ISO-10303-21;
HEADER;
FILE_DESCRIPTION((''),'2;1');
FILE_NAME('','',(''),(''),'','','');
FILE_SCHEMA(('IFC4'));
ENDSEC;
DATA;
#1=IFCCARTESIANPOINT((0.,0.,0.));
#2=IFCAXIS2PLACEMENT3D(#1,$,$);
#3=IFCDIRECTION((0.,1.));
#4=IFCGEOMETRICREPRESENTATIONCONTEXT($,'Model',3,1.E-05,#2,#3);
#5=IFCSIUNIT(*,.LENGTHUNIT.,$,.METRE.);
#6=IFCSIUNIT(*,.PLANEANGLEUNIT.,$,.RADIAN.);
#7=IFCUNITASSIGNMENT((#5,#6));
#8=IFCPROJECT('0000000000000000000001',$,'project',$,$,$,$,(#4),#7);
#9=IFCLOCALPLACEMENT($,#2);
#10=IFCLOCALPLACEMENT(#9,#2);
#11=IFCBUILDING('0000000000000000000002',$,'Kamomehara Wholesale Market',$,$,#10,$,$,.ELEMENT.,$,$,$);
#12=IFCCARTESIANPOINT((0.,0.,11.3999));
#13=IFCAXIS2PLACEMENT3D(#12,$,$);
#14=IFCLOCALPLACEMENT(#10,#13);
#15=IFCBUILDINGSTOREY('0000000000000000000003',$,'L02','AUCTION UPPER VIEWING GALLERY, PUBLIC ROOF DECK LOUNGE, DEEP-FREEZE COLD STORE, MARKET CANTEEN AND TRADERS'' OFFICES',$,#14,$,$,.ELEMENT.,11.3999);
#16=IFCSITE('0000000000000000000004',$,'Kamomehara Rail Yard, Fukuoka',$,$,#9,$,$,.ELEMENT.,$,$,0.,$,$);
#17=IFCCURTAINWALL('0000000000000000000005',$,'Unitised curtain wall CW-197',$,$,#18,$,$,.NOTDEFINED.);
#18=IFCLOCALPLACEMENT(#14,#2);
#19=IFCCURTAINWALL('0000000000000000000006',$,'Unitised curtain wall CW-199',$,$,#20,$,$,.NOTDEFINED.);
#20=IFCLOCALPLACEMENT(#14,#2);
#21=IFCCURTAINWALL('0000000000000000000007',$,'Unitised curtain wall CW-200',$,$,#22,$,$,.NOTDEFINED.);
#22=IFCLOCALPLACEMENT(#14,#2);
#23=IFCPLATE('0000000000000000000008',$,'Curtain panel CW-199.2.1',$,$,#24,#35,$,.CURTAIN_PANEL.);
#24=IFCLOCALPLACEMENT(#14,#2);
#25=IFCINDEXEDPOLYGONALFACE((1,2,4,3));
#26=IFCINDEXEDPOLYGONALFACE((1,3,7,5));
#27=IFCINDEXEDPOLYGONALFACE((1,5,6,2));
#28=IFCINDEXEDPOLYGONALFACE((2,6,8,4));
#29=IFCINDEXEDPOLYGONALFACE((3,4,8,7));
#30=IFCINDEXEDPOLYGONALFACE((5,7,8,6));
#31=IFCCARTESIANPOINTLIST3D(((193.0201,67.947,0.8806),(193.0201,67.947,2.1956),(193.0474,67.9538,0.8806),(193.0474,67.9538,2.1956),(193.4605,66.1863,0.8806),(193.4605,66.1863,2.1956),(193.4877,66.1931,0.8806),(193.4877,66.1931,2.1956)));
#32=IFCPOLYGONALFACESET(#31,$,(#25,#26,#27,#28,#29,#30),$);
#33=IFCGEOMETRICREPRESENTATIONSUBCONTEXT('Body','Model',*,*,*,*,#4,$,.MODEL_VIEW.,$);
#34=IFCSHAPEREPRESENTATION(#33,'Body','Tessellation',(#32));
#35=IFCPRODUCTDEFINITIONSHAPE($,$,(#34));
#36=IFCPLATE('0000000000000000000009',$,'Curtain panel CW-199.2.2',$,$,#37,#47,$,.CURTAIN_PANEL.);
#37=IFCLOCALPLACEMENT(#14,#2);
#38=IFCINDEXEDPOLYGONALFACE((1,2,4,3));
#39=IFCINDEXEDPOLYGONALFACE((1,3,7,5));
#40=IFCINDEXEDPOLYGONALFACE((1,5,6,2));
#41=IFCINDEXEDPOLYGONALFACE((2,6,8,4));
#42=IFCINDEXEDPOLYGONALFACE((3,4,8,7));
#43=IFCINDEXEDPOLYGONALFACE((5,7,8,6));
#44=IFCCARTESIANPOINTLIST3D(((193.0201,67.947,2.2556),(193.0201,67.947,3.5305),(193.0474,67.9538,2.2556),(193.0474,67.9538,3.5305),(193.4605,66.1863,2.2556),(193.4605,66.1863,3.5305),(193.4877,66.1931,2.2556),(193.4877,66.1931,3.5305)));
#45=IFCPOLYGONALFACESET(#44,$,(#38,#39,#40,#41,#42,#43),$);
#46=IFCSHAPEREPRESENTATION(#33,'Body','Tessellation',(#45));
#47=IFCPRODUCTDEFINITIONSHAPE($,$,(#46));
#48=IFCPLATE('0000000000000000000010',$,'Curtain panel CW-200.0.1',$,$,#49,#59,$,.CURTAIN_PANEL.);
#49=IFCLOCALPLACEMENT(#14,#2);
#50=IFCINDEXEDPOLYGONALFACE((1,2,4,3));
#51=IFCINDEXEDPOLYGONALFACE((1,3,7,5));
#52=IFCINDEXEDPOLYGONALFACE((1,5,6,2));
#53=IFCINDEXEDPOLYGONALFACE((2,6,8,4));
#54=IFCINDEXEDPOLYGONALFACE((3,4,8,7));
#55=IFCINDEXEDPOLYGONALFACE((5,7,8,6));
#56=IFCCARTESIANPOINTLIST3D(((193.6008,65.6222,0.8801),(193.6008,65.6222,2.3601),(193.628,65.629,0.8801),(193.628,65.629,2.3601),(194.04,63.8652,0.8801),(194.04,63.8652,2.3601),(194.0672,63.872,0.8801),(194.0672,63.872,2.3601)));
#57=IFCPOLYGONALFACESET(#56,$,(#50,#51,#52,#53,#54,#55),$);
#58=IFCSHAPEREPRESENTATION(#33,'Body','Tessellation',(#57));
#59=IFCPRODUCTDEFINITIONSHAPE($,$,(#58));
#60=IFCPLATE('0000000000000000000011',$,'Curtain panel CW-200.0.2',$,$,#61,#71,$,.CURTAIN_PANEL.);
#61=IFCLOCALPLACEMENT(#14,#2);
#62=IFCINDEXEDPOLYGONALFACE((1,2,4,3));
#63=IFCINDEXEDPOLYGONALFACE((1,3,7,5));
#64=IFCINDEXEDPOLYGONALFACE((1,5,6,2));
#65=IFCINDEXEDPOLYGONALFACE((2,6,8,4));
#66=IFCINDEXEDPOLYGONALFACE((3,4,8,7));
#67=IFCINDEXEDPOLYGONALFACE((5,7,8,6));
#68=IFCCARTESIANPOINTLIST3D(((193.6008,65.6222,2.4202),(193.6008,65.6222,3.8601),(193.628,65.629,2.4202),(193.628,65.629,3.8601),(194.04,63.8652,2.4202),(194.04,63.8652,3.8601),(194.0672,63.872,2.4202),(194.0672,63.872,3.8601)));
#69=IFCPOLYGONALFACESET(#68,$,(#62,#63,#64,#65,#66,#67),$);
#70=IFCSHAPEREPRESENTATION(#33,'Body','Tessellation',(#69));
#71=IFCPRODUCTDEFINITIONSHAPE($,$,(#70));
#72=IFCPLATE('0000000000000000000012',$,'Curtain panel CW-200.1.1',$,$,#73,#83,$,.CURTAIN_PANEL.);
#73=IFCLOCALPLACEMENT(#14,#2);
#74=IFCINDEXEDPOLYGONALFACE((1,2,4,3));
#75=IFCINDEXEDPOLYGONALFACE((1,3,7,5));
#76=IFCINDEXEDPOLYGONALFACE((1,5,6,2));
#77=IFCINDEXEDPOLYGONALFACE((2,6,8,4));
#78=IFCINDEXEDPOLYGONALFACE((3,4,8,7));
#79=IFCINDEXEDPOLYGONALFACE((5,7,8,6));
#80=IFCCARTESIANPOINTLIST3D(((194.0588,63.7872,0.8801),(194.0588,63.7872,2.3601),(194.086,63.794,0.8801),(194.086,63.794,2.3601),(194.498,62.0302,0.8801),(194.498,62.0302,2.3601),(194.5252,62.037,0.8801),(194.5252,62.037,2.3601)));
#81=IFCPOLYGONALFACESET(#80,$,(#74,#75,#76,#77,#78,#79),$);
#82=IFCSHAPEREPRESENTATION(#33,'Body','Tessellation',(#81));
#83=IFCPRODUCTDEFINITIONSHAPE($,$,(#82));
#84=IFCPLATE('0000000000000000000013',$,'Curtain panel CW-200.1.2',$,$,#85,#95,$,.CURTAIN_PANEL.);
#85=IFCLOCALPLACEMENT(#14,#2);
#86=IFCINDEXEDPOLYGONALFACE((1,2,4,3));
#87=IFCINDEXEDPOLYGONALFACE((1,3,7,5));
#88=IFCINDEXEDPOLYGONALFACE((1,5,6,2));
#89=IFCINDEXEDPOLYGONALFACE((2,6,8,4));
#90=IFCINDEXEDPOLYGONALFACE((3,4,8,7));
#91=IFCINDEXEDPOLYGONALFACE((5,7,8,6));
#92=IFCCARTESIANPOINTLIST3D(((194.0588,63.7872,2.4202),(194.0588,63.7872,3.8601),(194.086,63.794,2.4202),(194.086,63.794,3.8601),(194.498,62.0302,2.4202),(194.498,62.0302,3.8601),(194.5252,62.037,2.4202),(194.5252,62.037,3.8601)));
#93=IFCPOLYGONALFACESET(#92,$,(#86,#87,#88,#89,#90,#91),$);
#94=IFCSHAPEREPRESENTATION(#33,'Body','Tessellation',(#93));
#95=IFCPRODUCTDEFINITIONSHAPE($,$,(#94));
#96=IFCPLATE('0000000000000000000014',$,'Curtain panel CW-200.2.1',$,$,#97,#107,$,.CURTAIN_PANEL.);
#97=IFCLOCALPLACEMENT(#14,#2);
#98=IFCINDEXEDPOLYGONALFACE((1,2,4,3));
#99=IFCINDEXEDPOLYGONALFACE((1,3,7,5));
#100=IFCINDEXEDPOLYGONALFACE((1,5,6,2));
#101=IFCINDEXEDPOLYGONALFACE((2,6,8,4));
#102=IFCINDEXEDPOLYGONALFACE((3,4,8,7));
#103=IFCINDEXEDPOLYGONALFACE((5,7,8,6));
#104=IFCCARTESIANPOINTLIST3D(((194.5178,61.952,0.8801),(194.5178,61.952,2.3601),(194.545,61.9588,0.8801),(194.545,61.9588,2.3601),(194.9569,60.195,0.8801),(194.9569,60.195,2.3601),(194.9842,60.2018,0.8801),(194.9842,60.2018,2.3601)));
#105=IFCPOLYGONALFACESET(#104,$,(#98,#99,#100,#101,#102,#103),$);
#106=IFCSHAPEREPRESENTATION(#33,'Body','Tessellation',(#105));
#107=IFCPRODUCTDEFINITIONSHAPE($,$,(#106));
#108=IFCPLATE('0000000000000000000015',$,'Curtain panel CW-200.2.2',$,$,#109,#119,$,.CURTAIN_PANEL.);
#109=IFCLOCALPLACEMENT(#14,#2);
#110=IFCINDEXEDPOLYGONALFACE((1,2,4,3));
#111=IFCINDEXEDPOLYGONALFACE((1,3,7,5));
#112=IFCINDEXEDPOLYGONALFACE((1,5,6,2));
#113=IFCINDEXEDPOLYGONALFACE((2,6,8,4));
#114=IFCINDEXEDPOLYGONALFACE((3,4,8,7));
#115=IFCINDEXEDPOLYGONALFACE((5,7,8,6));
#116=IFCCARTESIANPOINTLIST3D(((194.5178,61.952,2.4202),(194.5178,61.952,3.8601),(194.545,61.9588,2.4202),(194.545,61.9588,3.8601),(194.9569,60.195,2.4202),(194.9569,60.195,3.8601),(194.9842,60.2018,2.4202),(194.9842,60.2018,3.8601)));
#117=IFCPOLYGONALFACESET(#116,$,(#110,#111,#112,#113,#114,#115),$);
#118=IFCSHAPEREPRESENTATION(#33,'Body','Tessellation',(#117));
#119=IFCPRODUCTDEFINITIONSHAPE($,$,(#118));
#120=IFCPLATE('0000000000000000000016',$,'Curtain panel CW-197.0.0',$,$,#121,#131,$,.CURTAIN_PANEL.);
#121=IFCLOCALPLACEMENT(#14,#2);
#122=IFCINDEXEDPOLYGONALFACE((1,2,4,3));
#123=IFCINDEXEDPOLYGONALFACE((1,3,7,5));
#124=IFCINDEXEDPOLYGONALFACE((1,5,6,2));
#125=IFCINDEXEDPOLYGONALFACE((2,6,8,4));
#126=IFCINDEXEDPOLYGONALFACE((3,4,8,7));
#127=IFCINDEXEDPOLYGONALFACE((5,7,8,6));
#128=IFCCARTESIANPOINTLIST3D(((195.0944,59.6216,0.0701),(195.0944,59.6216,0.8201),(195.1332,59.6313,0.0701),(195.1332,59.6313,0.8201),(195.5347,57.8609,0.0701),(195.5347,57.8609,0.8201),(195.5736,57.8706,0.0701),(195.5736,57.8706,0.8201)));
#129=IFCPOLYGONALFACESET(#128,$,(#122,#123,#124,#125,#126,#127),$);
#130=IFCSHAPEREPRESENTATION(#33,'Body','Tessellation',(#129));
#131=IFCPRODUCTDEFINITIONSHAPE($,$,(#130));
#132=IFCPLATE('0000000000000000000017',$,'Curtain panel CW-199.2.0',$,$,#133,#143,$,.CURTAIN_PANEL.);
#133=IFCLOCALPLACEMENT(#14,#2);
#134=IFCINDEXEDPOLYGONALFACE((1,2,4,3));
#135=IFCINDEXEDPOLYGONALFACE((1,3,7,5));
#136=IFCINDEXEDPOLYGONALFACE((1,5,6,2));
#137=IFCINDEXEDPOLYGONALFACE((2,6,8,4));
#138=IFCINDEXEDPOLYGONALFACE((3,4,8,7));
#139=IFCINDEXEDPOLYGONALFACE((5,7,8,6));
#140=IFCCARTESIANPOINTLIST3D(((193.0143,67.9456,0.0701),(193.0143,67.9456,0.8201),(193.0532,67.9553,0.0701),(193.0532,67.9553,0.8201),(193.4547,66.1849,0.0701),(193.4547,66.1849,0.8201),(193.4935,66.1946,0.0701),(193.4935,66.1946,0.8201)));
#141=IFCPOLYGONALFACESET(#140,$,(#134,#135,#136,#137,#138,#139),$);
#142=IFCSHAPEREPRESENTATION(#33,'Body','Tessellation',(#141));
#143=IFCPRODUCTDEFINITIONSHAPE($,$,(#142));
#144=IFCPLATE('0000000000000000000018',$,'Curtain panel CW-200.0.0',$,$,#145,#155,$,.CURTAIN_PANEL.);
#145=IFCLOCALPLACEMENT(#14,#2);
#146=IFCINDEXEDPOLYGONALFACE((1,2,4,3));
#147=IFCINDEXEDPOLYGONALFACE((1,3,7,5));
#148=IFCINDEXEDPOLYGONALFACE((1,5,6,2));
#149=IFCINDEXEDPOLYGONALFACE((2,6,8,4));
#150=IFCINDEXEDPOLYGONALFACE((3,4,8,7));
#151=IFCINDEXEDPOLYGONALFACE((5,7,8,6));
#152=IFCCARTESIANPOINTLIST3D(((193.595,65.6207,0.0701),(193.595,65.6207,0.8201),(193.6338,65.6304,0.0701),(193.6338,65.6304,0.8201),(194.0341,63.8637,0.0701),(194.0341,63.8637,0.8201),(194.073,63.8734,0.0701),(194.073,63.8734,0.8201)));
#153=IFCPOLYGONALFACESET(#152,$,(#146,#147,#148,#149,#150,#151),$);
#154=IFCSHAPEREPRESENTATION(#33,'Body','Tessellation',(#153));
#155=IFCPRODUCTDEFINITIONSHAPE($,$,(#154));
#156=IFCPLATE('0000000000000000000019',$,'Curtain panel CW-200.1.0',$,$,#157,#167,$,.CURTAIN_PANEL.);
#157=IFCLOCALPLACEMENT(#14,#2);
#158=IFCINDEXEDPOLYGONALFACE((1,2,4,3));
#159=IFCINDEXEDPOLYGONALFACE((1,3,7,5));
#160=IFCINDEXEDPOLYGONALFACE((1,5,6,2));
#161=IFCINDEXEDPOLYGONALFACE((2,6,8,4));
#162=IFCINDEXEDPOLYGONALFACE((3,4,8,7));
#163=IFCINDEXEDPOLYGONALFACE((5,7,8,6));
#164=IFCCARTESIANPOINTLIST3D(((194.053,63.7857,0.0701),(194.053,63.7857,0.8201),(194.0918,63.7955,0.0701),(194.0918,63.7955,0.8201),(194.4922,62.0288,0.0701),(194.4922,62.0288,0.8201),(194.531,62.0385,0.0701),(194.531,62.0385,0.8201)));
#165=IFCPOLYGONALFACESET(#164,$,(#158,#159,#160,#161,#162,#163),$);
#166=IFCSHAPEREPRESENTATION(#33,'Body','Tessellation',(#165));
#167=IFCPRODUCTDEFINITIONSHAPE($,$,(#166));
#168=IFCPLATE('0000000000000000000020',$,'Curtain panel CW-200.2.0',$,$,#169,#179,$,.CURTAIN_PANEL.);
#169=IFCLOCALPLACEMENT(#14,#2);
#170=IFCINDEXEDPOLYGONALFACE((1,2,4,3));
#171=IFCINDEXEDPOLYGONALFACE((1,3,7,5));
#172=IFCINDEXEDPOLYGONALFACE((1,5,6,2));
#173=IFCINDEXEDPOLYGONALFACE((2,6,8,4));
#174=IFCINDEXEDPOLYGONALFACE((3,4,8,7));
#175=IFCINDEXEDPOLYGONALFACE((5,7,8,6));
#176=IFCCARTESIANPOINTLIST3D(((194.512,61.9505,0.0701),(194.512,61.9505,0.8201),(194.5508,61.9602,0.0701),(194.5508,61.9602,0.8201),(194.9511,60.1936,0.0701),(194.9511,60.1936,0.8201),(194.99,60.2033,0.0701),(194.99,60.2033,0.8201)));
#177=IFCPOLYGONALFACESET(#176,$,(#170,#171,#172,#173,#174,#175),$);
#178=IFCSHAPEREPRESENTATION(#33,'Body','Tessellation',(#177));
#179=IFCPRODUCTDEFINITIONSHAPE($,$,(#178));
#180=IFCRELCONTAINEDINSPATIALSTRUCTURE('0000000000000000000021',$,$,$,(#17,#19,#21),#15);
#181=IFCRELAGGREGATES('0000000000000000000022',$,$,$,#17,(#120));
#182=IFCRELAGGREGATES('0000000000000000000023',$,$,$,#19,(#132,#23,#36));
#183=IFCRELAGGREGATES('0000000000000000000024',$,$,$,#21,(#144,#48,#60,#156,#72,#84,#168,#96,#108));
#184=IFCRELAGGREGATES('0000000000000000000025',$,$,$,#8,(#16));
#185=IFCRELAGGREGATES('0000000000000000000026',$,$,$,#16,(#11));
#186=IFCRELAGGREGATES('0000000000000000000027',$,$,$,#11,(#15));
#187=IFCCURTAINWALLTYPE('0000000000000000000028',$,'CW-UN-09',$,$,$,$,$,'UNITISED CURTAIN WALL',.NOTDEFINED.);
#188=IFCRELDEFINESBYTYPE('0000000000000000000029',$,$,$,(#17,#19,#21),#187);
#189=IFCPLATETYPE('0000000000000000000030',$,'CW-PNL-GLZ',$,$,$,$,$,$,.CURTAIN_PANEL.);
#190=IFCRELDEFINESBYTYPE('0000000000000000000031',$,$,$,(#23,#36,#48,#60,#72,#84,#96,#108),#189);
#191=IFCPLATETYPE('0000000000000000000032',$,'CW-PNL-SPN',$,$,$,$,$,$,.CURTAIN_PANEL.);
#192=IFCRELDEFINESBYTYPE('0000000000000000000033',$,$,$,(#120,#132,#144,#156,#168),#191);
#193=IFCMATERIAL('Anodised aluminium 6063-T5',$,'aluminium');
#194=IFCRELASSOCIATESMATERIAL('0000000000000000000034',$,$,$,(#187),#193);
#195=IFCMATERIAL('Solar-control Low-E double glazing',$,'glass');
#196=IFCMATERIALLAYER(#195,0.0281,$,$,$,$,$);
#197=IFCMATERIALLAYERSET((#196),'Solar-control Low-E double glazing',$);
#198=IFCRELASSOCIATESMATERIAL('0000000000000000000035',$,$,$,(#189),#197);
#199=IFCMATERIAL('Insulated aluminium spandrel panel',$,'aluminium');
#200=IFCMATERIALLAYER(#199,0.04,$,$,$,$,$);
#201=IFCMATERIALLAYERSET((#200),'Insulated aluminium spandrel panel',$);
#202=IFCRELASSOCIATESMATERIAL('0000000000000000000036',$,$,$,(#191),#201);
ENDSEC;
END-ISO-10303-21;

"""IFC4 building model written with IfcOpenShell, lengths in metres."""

from ifc_helpers import new_model, si_unit, direction, frame, origin, origin_2d, place, context, subcontext, project, spatial, rectangle, extrude, material, layer, layer_set, type_object, element, aggregate, save


model = new_model("IFC4")

# Units and contexts
model_context = context("Model", 3, precision=1e-05, world=origin(), true_north=direction((0.0, 1.0)))
body_context = subcontext(model_context, "Body", "Model", "MODEL_VIEW")
ifc_project = project(units=[si_unit("LENGTHUNIT", "METRE"), si_unit("PLANEANGLEUNIT", "RADIAN")], contexts=[model_context])

# Site, building, storey
site_placement = place(None, origin())
site = spatial("IfcSite", under=ifc_project, at=site_placement, Name="Kamomehara Rail Yard, Fukuoka", CompositionType="ELEMENT", RefElevation=0.0)
building_placement = place(site_placement, origin())
building = spatial("IfcBuilding", under=site, at=building_placement, Name="Kamomehara Wholesale Market", CompositionType="ELEMENT")
storey_placement = place(building_placement, frame((0.0, 0.0, 11.3999)))
storey = spatial("IfcBuildingStorey", under=building, at=storey_placement, Name="L02", Description="AUCTION UPPER VIEWING GALLERY, PUBLIC ROOF DECK LOUNGE, DEEP-FREEZE COLD STORE, MARKET CANTEEN AND TRADERS' OFFICES", CompositionType="ELEMENT", Elevation=11.3999)

# Curtain walls
ifc_material_1 = material(Name="Anodised aluminium 6063-T5", Category="aluminium")
curtain_wall_type = type_object("IfcCurtainWallType", Name="CW-UN-09", ElementType="UNITISED CURTAIN WALL", PredefinedType="NOTDEFINED", material=ifc_material_1)
curtain_wall_1_placement = place(storey_placement, origin())
curtain_wall_1 = element("IfcCurtainWall", 1, at=curtain_wall_1_placement, inside=storey, type_object=curtain_wall_type, Name="Unitised curtain wall CW-197", PredefinedType="NOTDEFINED")
curtain_wall_2_placement = place(storey_placement, origin())
curtain_wall_2 = element("IfcCurtainWall", 2, at=curtain_wall_2_placement, inside=storey, type_object=curtain_wall_type, Name="Unitised curtain wall CW-199", PredefinedType="NOTDEFINED")
curtain_wall_3_placement = place(storey_placement, origin())
curtain_wall_3 = element("IfcCurtainWall", 3, at=curtain_wall_3_placement, inside=storey, type_object=curtain_wall_type, Name="Unitised curtain wall CW-200", PredefinedType="NOTDEFINED")

# Plates
ifc_material_2 = material(Name="Solar-control Low-E double glazing", Category="glass")
ifc_layer_1 = layer(ifc_material_2, 0.0281)
ifc_layer_set_1 = layer_set([ifc_layer_1], Name="Solar-control Low-E double glazing")
plate_type_1 = type_object("IfcPlateType", Name="CW-PNL-GLZ", PredefinedType="CURTAIN_PANEL", material=ifc_layer_set_1)
plate_1_placement = place(storey_placement, frame((193.2539, 67.0701, 0.8806), z_axis=(0.0, 0.0, 1.0), x_axis=(0.242616, -0.970122, 0.0)))
plate_1 = element("IfcPlate", 4, at=plate_1_placement, type_object=plate_type_1, Name="Curtain panel CW-199.2.1", PredefinedType="CURTAIN_PANEL", context=body_context, shape_type="SweptSolid", body=[
    extrude(rectangle(XDim=1.8149, YDim=0.0281, at=origin_2d()), origin(), (0.0, 0.0, 1.0), 1.3149),
])
plate_2_placement = place(storey_placement, frame((193.2539, 67.0701, 2.2556), z_axis=(0.0, 0.0, 1.0), x_axis=(0.242616, -0.970122, 0.0)))
plate_2 = element("IfcPlate", 5, at=plate_2_placement, type_object=plate_type_1, Name="Curtain panel CW-199.2.2", PredefinedType="CURTAIN_PANEL", context=body_context, shape_type="SweptSolid", body=[
    extrude(rectangle(XDim=1.8149, YDim=0.0281, at=origin_2d()), origin(), (0.0, 0.0, 1.0), 1.2749),
])
plate_3_placement = place(storey_placement, frame((193.834, 64.7471, 0.8801), z_axis=(0.0, 0.0, 1.0), x_axis=(0.242498, -0.970152, 0.0)))
plate_3 = element("IfcPlate", 6, at=plate_3_placement, type_object=plate_type_1, Name="Curtain panel CW-200.0.1", PredefinedType="CURTAIN_PANEL", context=body_context, shape_type="SweptSolid", body=[
    extrude(rectangle(XDim=1.811, YDim=0.0281, at=origin_2d()), origin(), (0.0, 0.0, 1.0), 1.48),
])
plate_4_placement = place(storey_placement, frame((193.834, 64.7471, 2.4202), z_axis=(0.0, 0.0, 1.0), x_axis=(0.242498, -0.970152, 0.0)))
plate_4 = element("IfcPlate", 7, at=plate_4_placement, type_object=plate_type_1, Name="Curtain panel CW-200.0.2", PredefinedType="CURTAIN_PANEL", context=body_context, shape_type="SweptSolid", body=[
    extrude(rectangle(XDim=1.811, YDim=0.0281, at=origin_2d()), origin(), (0.0, 0.0, 1.0), 1.4399),
])
plate_5_placement = place(storey_placement, frame((194.292, 62.9121, 0.8801), z_axis=(0.0, 0.0, 1.0), x_axis=(0.242498, -0.970152, 0.0)))
plate_5 = element("IfcPlate", 8, at=plate_5_placement, type_object=plate_type_1, Name="Curtain panel CW-200.1.1", PredefinedType="CURTAIN_PANEL", context=body_context, shape_type="SweptSolid", body=[
    extrude(rectangle(XDim=1.811, YDim=0.0281, at=origin_2d()), origin(), (0.0, 0.0, 1.0), 1.48),
])
plate_6_placement = place(storey_placement, frame((194.292, 62.9121, 2.4202), z_axis=(0.0, 0.0, 1.0), x_axis=(0.242498, -0.970152, 0.0)))
plate_6 = element("IfcPlate", 9, at=plate_6_placement, type_object=plate_type_1, Name="Curtain panel CW-200.1.2", PredefinedType="CURTAIN_PANEL", context=body_context, shape_type="SweptSolid", body=[
    extrude(rectangle(XDim=1.811, YDim=0.0281, at=origin_2d()), origin(), (0.0, 0.0, 1.0), 1.4399),
])
plate_7_placement = place(storey_placement, frame((194.751, 61.0769, 0.8801), z_axis=(0.0, 0.0, 1.0), x_axis=(0.242498, -0.970152, 0.0)))
plate_7 = element("IfcPlate", 10, at=plate_7_placement, type_object=plate_type_1, Name="Curtain panel CW-200.2.1", PredefinedType="CURTAIN_PANEL", context=body_context, shape_type="SweptSolid", body=[
    extrude(rectangle(XDim=1.811, YDim=0.0281, at=origin_2d()), origin(), (0.0, 0.0, 1.0), 1.48),
])
plate_8_placement = place(storey_placement, frame((194.751, 61.0769, 2.4202), z_axis=(0.0, 0.0, 1.0), x_axis=(0.242498, -0.970152, 0.0)))
plate_8 = element("IfcPlate", 11, at=plate_8_placement, type_object=plate_type_1, Name="Curtain panel CW-200.2.2", PredefinedType="CURTAIN_PANEL", context=body_context, shape_type="SweptSolid", body=[
    extrude(rectangle(XDim=1.811, YDim=0.0281, at=origin_2d()), origin(), (0.0, 0.0, 1.0), 1.4399),
])
ifc_material_3 = material(Name="Insulated aluminium spandrel panel", Category="aluminium")
ifc_layer_2 = layer(ifc_material_3, 0.04)
ifc_layer_set_2 = layer_set([ifc_layer_2], Name="Insulated aluminium spandrel panel")
plate_type_2 = type_object("IfcPlateType", Name="CW-PNL-SPN", PredefinedType="CURTAIN_PANEL", material=ifc_layer_set_2)
plate_9_placement = place(storey_placement, frame((195.334, 58.7461, 0.0701), z_axis=(0.0, 0.0, 1.0), x_axis=(0.242616, -0.970122, 0.0)))
plate_9 = element("IfcPlate", 12, at=plate_9_placement, type_object=plate_type_2, Name="Curtain panel CW-197.0.0", PredefinedType="CURTAIN_PANEL", context=body_context, shape_type="SweptSolid", body=[
    extrude(rectangle(XDim=1.8149, YDim=0.04, at=origin_2d()), origin(), (0.0, 0.0, 1.0), 0.75),
])
aggregate(curtain_wall_1, [plate_9])
plate_10_placement = place(storey_placement, frame((193.2539, 67.0701, 0.0701), z_axis=(0.0, 0.0, 1.0), x_axis=(0.242616, -0.970122, 0.0)))
plate_10 = element("IfcPlate", 13, at=plate_10_placement, type_object=plate_type_2, Name="Curtain panel CW-199.2.0", PredefinedType="CURTAIN_PANEL", context=body_context, shape_type="SweptSolid", body=[
    extrude(rectangle(XDim=1.8149, YDim=0.04, at=origin_2d()), origin(), (0.0, 0.0, 1.0), 0.75),
])
aggregate(curtain_wall_2, [plate_10, plate_1, plate_2])
plate_11_placement = place(storey_placement, frame((193.834, 64.7471, 0.0701), z_axis=(0.0, 0.0, 1.0), x_axis=(0.242498, -0.970152, 0.0)))
plate_11 = element("IfcPlate", 14, at=plate_11_placement, type_object=plate_type_2, Name="Curtain panel CW-200.0.0", PredefinedType="CURTAIN_PANEL", context=body_context, shape_type="SweptSolid", body=[
    extrude(rectangle(XDim=1.811, YDim=0.04, at=origin_2d()), origin(), (0.0, 0.0, 1.0), 0.75),
])
plate_12_placement = place(storey_placement, frame((194.292, 62.9121, 0.0701), z_axis=(0.0, 0.0, 1.0), x_axis=(0.242498, -0.970152, 0.0)))
plate_12 = element("IfcPlate", 15, at=plate_12_placement, type_object=plate_type_2, Name="Curtain panel CW-200.1.0", PredefinedType="CURTAIN_PANEL", context=body_context, shape_type="SweptSolid", body=[
    extrude(rectangle(XDim=1.811, YDim=0.04, at=origin_2d()), origin(), (0.0, 0.0, 1.0), 0.75),
])
plate_13_placement = place(storey_placement, frame((194.751, 61.0769, 0.0701), z_axis=(0.0, 0.0, 1.0), x_axis=(0.242498, -0.970152, 0.0)))
plate_13 = element("IfcPlate", 16, at=plate_13_placement, type_object=plate_type_2, Name="Curtain panel CW-200.2.0", PredefinedType="CURTAIN_PANEL", context=body_context, shape_type="SweptSolid", body=[
    extrude(rectangle(XDim=1.811, YDim=0.04, at=origin_2d()), origin(), (0.0, 0.0, 1.0), 0.75),
])
aggregate(curtain_wall_3, [plate_11, plate_3, plate_4, plate_12, plate_5, plate_6, plate_13, plate_7, plate_8])

save(model, "model.ifc")
